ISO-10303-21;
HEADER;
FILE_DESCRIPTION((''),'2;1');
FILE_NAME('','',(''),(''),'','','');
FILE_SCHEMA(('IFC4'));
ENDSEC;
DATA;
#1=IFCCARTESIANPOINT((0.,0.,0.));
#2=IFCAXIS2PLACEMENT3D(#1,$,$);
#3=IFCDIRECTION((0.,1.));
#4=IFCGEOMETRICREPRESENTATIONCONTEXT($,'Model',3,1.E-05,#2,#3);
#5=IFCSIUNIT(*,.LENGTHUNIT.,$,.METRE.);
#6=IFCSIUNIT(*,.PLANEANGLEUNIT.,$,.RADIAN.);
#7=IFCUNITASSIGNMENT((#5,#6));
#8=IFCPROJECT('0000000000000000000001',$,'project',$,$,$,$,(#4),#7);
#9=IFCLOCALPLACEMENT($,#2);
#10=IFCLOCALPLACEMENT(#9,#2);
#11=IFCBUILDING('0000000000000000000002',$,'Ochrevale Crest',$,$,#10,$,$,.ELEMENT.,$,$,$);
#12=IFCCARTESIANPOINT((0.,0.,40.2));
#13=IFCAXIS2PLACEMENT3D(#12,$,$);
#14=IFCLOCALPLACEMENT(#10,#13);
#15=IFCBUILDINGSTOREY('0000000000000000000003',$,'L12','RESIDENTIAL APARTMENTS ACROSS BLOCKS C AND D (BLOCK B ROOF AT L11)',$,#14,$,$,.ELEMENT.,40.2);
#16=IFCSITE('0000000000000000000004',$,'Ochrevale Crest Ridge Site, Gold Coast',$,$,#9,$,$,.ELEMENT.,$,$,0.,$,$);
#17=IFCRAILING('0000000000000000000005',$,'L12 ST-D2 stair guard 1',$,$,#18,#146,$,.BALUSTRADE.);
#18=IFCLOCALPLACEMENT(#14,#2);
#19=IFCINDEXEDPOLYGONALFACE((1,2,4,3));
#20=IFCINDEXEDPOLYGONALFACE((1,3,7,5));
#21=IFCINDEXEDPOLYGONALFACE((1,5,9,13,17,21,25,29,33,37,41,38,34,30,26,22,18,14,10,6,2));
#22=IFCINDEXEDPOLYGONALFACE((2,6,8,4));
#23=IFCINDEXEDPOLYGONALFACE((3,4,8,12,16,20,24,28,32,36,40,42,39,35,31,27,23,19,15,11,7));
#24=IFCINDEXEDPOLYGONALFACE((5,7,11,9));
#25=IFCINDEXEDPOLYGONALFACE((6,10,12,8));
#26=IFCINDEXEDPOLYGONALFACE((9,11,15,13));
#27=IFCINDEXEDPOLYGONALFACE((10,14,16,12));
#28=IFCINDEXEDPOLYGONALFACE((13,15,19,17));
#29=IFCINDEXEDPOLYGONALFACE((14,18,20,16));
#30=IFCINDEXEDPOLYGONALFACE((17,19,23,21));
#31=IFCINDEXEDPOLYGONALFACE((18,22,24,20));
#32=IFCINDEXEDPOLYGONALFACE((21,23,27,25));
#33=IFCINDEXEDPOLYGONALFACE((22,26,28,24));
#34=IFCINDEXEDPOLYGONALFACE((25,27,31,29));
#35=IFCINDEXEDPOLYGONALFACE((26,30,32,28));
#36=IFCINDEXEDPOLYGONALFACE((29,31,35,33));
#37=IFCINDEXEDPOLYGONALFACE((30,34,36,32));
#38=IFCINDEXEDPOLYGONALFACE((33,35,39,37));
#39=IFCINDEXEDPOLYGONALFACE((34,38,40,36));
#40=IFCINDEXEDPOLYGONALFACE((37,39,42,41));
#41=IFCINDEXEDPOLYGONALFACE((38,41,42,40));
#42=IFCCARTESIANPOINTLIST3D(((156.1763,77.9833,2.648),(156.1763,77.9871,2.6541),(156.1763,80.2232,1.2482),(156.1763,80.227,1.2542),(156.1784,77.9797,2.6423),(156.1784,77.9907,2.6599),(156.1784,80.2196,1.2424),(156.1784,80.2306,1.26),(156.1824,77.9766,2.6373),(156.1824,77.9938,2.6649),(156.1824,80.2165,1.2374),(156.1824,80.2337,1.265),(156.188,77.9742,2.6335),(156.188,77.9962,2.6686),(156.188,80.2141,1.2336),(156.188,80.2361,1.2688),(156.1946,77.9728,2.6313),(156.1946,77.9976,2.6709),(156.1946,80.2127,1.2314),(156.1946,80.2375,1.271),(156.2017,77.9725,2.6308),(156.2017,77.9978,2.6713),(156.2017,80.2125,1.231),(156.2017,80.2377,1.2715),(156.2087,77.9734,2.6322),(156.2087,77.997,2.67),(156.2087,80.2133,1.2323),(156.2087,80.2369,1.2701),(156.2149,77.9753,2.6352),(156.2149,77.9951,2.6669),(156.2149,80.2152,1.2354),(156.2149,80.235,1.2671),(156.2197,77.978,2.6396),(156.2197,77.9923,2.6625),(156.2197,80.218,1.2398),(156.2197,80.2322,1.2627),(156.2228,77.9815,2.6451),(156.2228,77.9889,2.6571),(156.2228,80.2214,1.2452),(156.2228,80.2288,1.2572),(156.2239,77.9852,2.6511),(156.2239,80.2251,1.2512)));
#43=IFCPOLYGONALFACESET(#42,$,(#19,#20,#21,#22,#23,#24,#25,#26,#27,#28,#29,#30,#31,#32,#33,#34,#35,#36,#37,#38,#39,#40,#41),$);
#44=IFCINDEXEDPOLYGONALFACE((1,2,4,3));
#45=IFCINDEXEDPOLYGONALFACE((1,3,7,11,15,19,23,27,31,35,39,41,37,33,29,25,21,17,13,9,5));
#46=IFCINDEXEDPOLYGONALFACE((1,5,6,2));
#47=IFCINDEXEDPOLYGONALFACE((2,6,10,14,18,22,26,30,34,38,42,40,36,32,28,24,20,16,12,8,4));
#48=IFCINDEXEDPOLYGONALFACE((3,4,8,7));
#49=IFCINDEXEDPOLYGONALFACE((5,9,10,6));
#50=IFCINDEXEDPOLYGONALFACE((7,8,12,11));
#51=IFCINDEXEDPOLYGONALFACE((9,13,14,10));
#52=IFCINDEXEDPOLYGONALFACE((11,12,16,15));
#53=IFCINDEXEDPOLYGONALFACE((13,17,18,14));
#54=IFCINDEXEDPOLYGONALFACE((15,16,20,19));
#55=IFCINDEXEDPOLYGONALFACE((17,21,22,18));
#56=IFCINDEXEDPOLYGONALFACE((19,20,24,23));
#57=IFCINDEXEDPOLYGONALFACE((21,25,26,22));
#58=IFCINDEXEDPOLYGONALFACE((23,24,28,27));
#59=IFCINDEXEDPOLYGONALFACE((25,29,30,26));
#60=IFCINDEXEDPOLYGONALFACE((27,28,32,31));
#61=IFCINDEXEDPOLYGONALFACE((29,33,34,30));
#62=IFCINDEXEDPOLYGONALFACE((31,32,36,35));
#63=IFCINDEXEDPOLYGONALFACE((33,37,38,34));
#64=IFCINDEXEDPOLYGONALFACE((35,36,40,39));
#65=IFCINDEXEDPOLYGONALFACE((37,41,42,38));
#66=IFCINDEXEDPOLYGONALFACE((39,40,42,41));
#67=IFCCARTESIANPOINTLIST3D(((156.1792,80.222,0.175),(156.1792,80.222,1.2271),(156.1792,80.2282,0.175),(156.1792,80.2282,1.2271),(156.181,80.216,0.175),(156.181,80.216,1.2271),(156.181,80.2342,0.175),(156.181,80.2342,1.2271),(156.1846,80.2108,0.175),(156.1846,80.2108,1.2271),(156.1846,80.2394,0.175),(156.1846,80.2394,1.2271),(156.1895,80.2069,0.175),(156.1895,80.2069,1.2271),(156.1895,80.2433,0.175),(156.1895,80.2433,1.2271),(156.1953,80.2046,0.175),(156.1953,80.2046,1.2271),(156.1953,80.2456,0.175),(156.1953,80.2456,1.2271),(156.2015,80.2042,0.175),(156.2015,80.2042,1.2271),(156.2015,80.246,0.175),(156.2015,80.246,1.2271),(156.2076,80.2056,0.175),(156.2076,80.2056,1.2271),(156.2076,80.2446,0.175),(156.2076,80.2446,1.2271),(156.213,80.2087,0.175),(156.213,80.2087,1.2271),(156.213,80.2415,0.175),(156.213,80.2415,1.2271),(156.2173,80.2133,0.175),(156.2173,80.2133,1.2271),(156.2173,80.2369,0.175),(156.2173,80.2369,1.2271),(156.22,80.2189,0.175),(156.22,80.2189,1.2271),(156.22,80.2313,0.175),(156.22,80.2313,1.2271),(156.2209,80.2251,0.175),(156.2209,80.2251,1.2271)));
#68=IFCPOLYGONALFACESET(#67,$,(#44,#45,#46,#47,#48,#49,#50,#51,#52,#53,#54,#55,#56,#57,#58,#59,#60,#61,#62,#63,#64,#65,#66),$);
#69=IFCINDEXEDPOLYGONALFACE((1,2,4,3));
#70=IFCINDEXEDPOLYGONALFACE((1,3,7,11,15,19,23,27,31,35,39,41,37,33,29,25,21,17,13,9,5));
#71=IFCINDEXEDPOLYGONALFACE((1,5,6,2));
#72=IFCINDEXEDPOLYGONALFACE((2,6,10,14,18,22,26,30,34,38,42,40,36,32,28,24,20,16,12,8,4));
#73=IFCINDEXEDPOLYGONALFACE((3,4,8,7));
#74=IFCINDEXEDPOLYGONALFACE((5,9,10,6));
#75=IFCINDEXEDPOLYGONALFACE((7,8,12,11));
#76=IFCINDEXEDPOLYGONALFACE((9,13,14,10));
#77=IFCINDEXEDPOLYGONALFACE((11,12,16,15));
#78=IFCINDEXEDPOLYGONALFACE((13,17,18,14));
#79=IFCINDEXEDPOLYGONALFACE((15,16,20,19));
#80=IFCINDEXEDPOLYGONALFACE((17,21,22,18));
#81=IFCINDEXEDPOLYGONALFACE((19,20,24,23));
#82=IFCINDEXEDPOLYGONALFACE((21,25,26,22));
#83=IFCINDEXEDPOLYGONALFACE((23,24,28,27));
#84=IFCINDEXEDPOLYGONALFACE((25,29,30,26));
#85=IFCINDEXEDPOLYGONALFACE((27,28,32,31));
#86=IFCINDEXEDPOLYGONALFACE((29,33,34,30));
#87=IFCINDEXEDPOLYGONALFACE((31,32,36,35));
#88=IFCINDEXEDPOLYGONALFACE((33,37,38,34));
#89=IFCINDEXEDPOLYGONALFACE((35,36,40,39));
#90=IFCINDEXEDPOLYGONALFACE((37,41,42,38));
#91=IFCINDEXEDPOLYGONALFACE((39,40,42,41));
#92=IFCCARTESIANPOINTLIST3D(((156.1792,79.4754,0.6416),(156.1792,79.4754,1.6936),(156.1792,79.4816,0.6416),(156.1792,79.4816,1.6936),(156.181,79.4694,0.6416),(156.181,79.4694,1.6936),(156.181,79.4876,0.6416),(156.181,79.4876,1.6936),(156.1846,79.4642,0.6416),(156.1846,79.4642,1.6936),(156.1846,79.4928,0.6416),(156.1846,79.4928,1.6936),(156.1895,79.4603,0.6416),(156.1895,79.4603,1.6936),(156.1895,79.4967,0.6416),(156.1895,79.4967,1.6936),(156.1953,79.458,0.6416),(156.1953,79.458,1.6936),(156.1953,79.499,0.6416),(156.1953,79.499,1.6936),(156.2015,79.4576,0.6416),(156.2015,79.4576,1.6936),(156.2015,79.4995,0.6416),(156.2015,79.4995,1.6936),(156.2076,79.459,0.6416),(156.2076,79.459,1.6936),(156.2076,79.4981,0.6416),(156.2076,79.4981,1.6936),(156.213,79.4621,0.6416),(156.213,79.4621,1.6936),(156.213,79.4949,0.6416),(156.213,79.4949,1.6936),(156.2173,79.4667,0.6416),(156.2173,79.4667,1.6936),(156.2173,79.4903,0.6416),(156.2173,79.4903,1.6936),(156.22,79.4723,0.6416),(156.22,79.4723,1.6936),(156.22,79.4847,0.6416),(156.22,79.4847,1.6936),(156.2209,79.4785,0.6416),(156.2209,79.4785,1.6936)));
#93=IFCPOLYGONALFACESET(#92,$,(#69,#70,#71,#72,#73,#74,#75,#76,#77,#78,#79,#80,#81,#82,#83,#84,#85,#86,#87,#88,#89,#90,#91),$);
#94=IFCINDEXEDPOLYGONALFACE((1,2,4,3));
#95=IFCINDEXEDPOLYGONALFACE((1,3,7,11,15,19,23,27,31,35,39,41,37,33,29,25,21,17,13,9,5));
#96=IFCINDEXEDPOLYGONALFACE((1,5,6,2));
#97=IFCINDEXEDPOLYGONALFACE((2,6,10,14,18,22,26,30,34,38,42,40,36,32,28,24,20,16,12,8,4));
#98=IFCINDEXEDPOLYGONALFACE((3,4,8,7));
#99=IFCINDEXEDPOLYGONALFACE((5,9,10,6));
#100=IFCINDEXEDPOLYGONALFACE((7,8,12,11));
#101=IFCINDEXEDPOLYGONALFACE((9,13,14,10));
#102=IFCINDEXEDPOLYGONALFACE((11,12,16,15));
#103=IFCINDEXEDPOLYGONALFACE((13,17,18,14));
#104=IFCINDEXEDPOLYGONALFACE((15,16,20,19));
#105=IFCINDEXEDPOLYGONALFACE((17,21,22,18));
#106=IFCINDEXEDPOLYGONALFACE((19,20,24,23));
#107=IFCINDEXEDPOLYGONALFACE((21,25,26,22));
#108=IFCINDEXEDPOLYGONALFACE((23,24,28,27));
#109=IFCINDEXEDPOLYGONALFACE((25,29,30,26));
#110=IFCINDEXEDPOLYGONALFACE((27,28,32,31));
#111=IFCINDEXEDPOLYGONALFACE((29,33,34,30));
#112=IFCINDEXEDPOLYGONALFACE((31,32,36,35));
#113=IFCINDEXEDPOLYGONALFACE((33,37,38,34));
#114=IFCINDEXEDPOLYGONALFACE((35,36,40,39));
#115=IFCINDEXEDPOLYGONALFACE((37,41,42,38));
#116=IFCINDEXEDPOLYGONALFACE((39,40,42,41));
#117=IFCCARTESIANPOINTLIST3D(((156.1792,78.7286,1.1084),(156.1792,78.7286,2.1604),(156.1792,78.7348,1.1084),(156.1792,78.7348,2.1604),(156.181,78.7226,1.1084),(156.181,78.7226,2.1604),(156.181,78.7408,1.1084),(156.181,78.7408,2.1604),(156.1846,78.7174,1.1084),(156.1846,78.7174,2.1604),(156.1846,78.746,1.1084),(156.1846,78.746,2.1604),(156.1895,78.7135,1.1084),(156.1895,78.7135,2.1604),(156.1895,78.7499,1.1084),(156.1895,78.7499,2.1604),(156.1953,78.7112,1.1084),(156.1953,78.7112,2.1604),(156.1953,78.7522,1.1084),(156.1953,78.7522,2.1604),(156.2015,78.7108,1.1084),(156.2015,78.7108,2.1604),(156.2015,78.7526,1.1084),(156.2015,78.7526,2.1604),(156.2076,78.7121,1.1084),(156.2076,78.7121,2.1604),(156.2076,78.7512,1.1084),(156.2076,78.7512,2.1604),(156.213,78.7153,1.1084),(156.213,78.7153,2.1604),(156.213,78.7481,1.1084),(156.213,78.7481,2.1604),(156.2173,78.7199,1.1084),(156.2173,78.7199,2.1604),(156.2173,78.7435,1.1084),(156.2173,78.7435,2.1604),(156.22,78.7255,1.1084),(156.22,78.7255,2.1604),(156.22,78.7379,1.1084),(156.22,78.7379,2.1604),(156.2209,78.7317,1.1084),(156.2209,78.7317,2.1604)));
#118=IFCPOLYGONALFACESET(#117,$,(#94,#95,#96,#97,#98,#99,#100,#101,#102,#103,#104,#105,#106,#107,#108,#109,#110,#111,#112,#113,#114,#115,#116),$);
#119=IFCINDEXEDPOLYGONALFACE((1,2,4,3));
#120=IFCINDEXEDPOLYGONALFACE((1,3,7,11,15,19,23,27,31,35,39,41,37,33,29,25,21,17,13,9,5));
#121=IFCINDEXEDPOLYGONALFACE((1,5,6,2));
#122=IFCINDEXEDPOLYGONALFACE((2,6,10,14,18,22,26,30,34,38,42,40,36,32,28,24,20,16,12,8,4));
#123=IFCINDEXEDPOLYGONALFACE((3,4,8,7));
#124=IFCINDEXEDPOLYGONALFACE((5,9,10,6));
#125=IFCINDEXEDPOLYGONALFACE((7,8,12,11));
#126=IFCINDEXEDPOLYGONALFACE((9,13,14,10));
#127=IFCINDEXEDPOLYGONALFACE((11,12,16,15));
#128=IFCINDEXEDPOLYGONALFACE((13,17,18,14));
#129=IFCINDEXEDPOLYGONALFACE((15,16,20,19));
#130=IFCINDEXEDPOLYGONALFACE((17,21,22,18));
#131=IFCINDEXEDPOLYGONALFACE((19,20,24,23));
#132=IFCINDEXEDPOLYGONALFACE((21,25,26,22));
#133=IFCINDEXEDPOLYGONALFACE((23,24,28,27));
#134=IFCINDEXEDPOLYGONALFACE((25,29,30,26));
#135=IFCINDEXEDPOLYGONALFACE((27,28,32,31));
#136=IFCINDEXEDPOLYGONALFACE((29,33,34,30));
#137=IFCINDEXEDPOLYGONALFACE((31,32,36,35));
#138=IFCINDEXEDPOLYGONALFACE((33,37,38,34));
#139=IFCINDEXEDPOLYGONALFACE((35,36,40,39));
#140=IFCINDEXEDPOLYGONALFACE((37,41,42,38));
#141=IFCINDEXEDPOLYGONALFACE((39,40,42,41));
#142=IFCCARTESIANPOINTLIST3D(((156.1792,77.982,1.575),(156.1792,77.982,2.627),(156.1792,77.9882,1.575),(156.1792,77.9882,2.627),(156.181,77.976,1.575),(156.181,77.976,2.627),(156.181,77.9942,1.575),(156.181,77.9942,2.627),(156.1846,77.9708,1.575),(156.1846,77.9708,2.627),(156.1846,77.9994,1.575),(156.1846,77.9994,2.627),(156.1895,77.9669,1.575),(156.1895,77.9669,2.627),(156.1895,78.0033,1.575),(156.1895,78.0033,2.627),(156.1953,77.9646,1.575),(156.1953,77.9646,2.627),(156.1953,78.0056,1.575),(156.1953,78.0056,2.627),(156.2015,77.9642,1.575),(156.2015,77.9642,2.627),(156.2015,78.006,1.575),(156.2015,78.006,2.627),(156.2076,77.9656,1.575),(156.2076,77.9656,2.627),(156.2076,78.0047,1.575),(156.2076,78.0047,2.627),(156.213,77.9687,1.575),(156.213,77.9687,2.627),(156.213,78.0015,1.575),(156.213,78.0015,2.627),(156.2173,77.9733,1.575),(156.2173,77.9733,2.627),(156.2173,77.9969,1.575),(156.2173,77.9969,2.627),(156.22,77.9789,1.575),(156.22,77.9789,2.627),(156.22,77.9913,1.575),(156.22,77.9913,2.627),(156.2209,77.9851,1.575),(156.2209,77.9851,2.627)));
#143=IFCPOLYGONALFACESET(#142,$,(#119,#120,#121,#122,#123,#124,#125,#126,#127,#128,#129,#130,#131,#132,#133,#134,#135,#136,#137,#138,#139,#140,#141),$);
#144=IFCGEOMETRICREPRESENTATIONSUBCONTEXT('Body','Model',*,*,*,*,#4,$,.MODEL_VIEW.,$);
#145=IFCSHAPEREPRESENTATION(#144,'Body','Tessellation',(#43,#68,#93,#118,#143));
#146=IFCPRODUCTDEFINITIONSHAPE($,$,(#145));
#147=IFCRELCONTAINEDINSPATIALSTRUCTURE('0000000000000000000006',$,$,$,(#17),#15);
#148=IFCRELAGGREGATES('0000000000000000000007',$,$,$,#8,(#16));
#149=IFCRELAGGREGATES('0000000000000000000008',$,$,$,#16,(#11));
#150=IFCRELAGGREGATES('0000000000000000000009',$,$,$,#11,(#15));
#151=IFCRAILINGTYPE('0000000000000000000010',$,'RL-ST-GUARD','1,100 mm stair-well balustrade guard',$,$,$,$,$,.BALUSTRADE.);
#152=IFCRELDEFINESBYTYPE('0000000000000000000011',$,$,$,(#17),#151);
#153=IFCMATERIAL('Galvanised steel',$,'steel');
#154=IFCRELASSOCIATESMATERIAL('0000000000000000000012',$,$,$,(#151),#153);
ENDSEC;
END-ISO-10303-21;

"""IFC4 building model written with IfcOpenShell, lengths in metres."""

from ifc_helpers import new_model, si_unit, direction, frame, origin, origin_2d, place, context, subcontext, project, spatial, circle, extrude, material, type_object, element, save


model = new_model("IFC4")

# Units and contexts
model_context = context("Model", 3, precision=1e-05, world=origin(), true_north=direction((0.0, 1.0)))
body_context = subcontext(model_context, "Body", "Model", "MODEL_VIEW")
ifc_project = project(units=[si_unit("LENGTHUNIT", "METRE"), si_unit("PLANEANGLEUNIT", "RADIAN")], contexts=[model_context])

# Site, building, storey
site_placement = place(None, origin())
site = spatial("IfcSite", under=ifc_project, at=site_placement, Name="Ochrevale Crest Ridge Site, Gold Coast", CompositionType="ELEMENT", RefElevation=0.0)
building_placement = place(site_placement, origin())
building = spatial("IfcBuilding", under=site, at=building_placement, Name="Ochrevale Crest", CompositionType="ELEMENT")
storey_placement = place(building_placement, frame((0.0, 0.0, 40.2)))
storey = spatial("IfcBuildingStorey", under=building, at=storey_placement, Name="L12", Description="RESIDENTIAL APARTMENTS ACROSS BLOCKS C AND D (BLOCK B ROOF AT L11)", CompositionType="ELEMENT", Elevation=40.2)

# Railing
ifc_material_1 = material(Name="Galvanised steel", Category="steel")
railing_type = type_object("IfcRailingType", Name="RL-ST-GUARD", Description="1,100 mm stair-well balustrade guard", PredefinedType="BALUSTRADE", material=ifc_material_1)
railing_1_placement = place(storey_placement, frame((156.2, 80.2251, 0.175)))
element("IfcRailing", 1, at=railing_1_placement, inside=storey, type_object=railing_type, Name="L12 ST-D2 stair guard 1", PredefinedType="BALUSTRADE", context=body_context, shape_type="SweptSolid", body=[
    extrude(circle(Radius=0.0239, at=origin_2d()), frame((0.0, 0.0, 1.0762), z_axis=(0.0, -0.848014, 0.529974), x_axis=(1.0, 0.0, 0.0)), (0.0, 0.0, 1.0), 2.6414),
    extrude(circle(Radius=0.021, at=origin_2d()), origin(), (0.0, 0.0, 1.0), 1.052),
    extrude(circle(Radius=0.021, at=origin_2d()), frame((0.0, -0.7466, 0.4666)), (0.0, 0.0, 1.0), 1.052),
    extrude(circle(Radius=0.021, at=origin_2d()), frame((0.0, -1.4934, 0.9333)), (0.0, 0.0, 1.0), 1.052),
    extrude(circle(Radius=0.021, at=origin_2d()), frame((0.0, -2.24, 1.3999)), (0.0, 0.0, 1.0), 1.052),
])

save(model, "model.ifc")
